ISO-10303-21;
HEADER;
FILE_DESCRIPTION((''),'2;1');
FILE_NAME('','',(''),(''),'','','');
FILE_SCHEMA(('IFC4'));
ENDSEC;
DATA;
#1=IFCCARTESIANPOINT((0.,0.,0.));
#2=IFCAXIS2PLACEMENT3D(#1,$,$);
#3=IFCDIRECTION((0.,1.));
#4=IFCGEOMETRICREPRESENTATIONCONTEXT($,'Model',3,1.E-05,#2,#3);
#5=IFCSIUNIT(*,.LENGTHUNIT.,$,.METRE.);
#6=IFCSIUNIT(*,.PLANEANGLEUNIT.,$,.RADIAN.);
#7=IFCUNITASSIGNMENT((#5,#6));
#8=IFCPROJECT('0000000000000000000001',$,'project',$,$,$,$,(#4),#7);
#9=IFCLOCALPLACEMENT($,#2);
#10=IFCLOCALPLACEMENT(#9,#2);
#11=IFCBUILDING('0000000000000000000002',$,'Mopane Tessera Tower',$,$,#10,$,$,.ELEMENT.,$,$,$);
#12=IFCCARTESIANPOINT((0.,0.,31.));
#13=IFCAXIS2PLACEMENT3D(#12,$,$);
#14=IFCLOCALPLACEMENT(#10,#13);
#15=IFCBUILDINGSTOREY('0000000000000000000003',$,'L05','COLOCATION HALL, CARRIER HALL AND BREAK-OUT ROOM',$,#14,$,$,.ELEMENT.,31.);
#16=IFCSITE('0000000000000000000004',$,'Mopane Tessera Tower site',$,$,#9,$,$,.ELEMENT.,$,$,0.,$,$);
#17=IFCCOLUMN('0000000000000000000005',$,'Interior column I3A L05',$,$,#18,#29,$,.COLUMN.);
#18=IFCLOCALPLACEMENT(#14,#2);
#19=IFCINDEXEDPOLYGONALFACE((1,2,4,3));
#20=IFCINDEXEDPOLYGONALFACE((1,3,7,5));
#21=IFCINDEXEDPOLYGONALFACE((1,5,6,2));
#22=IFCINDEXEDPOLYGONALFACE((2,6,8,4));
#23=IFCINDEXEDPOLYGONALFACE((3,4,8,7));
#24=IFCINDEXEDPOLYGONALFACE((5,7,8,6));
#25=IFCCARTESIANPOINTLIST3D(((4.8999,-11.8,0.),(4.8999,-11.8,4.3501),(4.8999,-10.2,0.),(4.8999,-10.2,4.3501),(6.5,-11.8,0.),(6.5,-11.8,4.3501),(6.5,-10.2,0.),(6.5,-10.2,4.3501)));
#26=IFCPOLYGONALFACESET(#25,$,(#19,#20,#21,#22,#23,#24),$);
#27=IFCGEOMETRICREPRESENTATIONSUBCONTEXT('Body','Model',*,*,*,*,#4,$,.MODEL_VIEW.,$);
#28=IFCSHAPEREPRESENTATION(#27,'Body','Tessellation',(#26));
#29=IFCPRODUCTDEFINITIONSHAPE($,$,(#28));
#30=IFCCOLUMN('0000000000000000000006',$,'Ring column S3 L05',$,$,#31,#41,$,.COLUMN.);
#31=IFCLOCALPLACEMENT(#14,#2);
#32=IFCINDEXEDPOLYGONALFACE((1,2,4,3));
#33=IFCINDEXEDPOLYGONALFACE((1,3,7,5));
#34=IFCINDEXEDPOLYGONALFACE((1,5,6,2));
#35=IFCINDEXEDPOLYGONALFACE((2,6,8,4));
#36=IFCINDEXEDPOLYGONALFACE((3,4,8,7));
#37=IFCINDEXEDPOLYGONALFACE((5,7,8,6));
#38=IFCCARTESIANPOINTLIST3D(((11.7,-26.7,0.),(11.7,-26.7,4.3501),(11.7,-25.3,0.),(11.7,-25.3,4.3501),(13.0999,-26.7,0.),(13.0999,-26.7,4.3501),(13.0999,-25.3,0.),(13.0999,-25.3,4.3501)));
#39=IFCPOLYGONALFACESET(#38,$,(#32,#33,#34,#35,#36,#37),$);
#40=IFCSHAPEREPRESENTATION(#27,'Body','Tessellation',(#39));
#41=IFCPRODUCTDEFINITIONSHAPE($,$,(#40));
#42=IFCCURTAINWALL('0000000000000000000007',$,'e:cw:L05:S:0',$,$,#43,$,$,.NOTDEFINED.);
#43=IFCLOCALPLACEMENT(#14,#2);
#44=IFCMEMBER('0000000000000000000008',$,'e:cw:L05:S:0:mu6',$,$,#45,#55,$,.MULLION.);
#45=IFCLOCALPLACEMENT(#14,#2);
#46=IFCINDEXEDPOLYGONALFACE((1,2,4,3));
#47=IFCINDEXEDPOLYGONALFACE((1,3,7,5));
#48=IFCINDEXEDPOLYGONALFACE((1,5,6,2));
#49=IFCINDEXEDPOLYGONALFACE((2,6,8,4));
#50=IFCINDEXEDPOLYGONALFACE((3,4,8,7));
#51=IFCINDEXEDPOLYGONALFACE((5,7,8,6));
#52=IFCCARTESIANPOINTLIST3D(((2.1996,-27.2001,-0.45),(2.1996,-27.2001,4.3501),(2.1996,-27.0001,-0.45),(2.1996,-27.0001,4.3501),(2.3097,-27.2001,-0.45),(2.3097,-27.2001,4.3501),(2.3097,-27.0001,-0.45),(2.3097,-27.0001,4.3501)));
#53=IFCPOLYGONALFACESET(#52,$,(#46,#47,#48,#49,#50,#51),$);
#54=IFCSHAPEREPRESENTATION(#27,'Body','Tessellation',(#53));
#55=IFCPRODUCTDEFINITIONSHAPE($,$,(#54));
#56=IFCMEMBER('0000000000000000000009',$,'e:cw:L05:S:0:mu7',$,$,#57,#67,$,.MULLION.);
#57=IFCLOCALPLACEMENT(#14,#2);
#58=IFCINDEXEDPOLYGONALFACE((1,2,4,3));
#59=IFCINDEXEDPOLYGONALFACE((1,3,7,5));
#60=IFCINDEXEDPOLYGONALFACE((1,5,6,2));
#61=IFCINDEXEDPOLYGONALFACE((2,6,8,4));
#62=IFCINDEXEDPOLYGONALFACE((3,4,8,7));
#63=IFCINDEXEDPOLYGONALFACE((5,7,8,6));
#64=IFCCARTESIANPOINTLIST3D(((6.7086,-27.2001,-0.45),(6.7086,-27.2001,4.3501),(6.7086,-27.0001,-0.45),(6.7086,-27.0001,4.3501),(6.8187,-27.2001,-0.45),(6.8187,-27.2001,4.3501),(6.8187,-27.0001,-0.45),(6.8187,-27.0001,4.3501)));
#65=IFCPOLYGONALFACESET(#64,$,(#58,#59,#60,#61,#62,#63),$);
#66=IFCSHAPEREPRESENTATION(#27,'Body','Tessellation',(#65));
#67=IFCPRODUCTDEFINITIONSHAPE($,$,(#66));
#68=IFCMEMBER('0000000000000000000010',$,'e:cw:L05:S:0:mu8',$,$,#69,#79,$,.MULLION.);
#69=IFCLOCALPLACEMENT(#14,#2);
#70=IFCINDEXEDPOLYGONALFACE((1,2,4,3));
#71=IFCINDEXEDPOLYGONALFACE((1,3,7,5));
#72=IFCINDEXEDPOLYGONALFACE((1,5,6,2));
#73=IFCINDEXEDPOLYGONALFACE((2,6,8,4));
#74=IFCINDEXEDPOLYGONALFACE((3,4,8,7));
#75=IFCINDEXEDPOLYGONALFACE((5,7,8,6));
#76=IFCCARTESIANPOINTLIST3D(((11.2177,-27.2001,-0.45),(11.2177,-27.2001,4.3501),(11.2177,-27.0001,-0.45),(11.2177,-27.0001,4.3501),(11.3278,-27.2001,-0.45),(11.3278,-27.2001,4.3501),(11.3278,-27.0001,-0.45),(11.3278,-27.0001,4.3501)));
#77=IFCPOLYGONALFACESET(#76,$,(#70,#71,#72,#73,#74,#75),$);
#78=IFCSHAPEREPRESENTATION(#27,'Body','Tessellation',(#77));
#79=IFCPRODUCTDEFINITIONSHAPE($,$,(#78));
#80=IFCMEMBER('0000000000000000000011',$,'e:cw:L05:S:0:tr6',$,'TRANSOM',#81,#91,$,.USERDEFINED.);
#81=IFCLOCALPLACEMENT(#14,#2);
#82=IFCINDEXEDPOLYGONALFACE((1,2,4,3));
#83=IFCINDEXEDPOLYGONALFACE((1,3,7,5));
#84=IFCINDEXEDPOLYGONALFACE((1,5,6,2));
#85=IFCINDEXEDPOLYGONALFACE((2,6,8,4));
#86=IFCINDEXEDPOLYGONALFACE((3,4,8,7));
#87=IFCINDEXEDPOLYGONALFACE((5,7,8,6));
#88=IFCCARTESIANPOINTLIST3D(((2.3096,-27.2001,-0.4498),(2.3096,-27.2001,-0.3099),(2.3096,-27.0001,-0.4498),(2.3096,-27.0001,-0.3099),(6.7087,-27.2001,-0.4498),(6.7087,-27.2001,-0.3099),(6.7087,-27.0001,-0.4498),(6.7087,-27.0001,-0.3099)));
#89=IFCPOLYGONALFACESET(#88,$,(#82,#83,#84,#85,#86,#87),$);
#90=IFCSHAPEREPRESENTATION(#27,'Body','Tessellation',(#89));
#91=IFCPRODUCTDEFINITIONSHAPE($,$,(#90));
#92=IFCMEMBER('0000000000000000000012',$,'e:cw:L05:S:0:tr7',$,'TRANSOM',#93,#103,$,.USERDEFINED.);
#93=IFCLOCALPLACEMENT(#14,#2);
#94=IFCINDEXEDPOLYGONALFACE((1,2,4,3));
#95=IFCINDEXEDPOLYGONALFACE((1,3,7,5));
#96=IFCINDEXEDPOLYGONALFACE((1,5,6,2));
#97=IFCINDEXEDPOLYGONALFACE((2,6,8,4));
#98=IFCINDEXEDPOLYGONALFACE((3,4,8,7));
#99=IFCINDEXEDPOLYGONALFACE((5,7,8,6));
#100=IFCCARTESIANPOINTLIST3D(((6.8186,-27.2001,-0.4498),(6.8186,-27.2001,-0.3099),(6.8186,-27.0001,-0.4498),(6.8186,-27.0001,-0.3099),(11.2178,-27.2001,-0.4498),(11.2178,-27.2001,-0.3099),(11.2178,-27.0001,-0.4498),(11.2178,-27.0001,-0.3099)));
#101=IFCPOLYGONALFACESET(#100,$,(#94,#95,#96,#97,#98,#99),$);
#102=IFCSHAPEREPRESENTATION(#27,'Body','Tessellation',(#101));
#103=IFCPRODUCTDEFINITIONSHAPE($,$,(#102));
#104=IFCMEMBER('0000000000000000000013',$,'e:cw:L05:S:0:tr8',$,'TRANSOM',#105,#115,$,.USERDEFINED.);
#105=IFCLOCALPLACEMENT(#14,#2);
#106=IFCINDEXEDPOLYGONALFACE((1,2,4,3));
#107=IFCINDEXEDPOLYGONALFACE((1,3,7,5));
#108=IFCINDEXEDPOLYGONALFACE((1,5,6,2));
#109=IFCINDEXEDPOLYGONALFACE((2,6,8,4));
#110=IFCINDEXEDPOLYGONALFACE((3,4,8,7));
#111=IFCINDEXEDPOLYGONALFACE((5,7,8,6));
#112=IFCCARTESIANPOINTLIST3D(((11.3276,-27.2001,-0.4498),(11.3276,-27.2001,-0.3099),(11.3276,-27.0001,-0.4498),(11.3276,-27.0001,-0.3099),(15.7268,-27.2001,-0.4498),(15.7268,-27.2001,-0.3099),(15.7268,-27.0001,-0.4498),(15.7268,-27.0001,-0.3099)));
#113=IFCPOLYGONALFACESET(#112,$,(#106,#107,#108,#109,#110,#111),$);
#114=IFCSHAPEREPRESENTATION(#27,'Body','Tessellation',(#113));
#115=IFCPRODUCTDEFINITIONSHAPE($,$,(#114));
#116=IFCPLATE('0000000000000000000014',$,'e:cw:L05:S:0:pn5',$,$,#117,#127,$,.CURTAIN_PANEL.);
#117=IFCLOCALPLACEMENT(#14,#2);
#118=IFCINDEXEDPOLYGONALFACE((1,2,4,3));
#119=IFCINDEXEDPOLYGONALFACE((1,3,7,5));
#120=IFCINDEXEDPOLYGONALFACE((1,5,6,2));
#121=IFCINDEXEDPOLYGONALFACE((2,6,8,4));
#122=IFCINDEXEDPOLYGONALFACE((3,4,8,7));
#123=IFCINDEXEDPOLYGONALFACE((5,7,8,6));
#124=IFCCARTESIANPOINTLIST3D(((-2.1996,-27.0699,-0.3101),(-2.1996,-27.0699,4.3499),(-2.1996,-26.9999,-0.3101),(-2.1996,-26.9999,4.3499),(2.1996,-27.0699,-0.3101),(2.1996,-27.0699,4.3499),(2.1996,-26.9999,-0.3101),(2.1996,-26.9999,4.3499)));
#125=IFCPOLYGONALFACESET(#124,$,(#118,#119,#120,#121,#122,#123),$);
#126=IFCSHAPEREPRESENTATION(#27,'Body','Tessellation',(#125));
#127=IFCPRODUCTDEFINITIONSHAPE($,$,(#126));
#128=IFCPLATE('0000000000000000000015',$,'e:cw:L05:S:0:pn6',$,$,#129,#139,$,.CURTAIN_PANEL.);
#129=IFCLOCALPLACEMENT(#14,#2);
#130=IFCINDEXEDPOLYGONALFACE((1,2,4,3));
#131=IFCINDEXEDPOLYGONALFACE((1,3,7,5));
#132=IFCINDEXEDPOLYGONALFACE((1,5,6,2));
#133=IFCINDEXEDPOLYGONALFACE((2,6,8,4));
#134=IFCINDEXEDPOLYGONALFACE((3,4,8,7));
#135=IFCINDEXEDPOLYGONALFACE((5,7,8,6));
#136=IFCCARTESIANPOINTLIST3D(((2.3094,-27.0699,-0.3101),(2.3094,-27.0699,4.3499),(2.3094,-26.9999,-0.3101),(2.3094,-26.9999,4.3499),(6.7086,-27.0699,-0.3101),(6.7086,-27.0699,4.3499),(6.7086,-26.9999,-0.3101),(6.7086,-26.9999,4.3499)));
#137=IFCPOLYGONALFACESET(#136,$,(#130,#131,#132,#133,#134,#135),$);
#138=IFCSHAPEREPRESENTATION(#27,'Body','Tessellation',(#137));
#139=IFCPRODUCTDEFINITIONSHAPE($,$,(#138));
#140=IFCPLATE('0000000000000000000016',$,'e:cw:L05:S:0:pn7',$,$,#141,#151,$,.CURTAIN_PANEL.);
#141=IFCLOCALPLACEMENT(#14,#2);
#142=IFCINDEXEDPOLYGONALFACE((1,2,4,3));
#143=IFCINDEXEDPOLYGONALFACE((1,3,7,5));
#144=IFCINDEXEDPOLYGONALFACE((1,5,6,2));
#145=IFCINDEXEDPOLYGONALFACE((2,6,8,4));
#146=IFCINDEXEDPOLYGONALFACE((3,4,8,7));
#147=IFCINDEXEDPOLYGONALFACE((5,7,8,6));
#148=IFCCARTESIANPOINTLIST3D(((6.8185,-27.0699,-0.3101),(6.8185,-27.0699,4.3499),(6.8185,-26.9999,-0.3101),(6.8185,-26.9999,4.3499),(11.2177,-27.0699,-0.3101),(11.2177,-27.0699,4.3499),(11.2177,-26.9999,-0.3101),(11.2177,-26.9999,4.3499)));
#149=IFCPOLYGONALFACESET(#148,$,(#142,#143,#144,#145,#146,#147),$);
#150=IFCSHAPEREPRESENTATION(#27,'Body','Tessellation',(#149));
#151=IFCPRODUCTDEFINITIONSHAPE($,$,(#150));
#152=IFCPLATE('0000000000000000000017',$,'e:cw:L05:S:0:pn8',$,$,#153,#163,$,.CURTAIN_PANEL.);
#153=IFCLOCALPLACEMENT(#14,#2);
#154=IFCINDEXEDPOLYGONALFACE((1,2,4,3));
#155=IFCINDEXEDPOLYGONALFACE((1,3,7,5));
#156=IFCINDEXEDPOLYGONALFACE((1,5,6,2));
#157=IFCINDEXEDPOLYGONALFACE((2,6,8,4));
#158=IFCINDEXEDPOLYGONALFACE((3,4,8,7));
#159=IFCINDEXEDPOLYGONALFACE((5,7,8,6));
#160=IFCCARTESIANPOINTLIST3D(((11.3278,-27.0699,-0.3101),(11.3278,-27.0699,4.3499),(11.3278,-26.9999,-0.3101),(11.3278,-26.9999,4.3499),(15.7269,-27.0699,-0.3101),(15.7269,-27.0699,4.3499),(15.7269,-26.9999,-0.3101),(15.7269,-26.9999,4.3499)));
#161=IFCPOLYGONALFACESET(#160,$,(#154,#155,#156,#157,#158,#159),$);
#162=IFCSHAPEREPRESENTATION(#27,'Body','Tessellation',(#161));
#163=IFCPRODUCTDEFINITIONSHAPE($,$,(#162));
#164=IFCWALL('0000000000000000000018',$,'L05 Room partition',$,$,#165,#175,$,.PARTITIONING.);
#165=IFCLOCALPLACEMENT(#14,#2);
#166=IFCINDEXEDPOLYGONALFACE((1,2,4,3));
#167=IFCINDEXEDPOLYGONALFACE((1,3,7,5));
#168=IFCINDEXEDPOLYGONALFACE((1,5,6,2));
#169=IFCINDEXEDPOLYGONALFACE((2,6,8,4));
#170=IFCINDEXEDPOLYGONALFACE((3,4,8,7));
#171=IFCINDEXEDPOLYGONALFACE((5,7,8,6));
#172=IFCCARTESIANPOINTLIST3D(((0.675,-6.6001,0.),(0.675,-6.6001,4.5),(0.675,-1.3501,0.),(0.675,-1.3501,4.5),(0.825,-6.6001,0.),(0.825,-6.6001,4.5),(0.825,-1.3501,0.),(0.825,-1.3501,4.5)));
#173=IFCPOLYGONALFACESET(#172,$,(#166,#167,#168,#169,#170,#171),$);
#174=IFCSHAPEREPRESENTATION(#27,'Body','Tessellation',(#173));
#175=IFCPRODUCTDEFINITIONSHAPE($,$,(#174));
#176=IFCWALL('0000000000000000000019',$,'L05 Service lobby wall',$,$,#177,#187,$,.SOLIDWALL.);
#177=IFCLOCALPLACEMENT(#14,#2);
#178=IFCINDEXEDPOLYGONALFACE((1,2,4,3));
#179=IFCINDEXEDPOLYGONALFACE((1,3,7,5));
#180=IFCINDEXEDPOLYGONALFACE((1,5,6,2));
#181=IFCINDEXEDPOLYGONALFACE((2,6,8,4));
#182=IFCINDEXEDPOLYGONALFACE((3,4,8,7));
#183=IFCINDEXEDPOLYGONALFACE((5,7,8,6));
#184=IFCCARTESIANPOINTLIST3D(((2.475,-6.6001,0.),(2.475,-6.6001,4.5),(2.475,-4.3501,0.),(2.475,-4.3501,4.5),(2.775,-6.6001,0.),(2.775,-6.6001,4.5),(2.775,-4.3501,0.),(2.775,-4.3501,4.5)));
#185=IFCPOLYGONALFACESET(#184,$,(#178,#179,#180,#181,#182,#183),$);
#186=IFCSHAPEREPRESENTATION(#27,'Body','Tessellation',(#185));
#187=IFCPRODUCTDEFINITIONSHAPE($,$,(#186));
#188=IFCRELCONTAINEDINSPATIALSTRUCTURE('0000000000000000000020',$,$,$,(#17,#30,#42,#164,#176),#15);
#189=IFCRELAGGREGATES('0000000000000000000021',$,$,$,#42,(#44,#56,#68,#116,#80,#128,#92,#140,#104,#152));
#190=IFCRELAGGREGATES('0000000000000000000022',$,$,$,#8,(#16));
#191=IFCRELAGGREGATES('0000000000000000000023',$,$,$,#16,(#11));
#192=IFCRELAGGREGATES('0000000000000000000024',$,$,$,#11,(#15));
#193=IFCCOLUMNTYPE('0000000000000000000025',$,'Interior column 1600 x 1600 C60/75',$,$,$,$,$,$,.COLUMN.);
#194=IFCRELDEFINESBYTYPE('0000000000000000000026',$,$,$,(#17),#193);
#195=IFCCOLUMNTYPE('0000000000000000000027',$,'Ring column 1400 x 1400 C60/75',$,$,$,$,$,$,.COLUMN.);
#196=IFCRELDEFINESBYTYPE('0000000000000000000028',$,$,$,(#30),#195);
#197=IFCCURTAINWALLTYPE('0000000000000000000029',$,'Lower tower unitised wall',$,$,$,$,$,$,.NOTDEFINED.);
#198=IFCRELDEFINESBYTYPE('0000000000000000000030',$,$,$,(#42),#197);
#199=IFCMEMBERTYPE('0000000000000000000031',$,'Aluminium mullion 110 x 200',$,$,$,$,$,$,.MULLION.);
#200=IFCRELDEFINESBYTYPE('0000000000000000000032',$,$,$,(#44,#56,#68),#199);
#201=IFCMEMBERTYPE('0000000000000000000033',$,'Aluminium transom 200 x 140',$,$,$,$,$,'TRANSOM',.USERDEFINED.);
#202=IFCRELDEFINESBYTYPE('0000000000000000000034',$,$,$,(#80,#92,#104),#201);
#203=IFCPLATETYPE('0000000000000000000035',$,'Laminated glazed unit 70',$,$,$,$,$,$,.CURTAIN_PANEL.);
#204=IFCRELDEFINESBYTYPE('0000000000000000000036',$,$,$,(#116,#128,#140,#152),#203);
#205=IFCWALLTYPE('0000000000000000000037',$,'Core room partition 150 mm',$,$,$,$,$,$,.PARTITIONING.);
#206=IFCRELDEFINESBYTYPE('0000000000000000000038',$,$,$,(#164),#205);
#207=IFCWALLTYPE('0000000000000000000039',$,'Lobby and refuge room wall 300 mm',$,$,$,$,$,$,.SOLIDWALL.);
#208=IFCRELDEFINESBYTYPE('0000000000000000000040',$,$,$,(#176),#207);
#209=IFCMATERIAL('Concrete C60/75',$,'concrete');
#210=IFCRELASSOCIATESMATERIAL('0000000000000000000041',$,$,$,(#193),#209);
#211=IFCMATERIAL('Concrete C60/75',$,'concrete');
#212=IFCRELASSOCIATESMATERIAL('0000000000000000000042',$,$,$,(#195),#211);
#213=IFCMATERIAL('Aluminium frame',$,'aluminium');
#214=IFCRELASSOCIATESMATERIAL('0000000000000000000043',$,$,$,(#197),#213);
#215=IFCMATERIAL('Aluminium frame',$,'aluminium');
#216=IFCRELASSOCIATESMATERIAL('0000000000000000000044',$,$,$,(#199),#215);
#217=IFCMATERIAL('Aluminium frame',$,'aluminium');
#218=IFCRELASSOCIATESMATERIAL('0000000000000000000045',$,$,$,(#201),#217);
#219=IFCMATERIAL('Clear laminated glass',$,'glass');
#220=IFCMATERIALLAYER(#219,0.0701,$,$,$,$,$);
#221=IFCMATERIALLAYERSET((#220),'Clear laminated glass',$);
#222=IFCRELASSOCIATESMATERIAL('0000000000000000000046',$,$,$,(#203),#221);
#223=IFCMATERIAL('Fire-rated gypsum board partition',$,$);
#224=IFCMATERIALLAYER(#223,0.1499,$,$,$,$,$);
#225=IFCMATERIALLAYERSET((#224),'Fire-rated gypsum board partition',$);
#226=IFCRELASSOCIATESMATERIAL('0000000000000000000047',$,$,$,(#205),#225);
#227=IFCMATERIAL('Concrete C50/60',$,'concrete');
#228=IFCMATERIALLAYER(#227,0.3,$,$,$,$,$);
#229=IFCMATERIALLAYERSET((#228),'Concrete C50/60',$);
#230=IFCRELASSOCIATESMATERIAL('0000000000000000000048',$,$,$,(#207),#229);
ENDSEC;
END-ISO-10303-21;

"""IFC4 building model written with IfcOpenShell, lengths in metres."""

from ifc_helpers import new_model, si_unit, direction, frame, frame_2d, origin, origin_2d, place, context, subcontext, project, spatial, rectangle, extrude, material, layer, layer_set, material_profile, profile_set, type_object, element, aggregate, save


model = new_model("IFC4")

# Units and contexts
model_context = context("Model", 3, precision=1e-05, world=origin(), true_north=direction((0.0, 1.0)))
body_context = subcontext(model_context, "Body", "Model", "MODEL_VIEW")
ifc_project = project(units=[si_unit("LENGTHUNIT", "METRE"), si_unit("PLANEANGLEUNIT", "RADIAN")], contexts=[model_context])

# Site, building, storey
site_placement = place(None, origin())
site = spatial("IfcSite", under=ifc_project, at=site_placement, Name="Mopane Tessera Tower site", CompositionType="ELEMENT", RefElevation=0.0)
building_placement = place(site_placement, origin())
building = spatial("IfcBuilding", under=site, at=building_placement, Name="Mopane Tessera Tower", CompositionType="ELEMENT")
storey_placement = place(building_placement, frame((0.0, 0.0, 31.0)))
storey = spatial("IfcBuildingStorey", under=building, at=storey_placement, Name="L05", Description="COLOCATION HALL, CARRIER HALL AND BREAK-OUT ROOM", CompositionType="ELEMENT", Elevation=31.0)

# Columns
ifc_material_1 = material(Name="Concrete C60/75", Category="concrete")
ifc_material_profile_1 = material_profile(ifc_material_1, rectangle(XDim=1.6001, YDim=1.6001, at=origin_2d()))
ifc_profile_set_1 = profile_set([ifc_material_profile_1], Name="Concrete C60/75")
column_type_1 = type_object("IfcColumnType", Name="Interior column 1600 x 1600 C60/75", PredefinedType="COLUMN", material=ifc_profile_set_1)
column_1_placement = place(storey_placement, frame((5.7, -11.0, 0.0), z_axis=(0.0, 0.0, 1.0), x_axis=(1.0, 0.0, 0.0)))
element("IfcColumn", 1, at=column_1_placement, inside=storey, type_object=column_type_1, Name="Interior column I3A L05", PredefinedType="COLUMN", context=body_context, shape_type="SweptSolid", body=[
    extrude(rectangle(XDim=1.6001, YDim=1.6001, at=origin_2d()), origin(), (0.0, 0.0, 1.0), 4.3501),
])
ifc_material_2 = material(Name="Concrete C60/75", Category="concrete")
ifc_material_profile_2 = material_profile(ifc_material_2, rectangle(XDim=1.3999, YDim=1.3999, at=origin_2d()))
ifc_profile_set_2 = profile_set([ifc_material_profile_2], Name="Concrete C60/75")
column_type_2 = type_object("IfcColumnType", Name="Ring column 1400 x 1400 C60/75", PredefinedType="COLUMN", material=ifc_profile_set_2)
column_2_placement = place(storey_placement, frame((12.3999, -26.0, 0.0), z_axis=(0.0, 0.0, 1.0), x_axis=(1.0, 0.0, 0.0)))
element("IfcColumn", 2, at=column_2_placement, inside=storey, type_object=column_type_2, Name="Ring column S3 L05", PredefinedType="COLUMN", context=body_context, shape_type="SweptSolid", body=[
    extrude(rectangle(XDim=1.3999, YDim=1.3999, at=origin_2d()), origin(), (0.0, 0.0, 1.0), 4.3501),
])

# Curtain wall, members, plates
ifc_material_3 = material(Name="Aluminium frame", Category="aluminium")
curtain_wall_type = type_object("IfcCurtainWallType", Name="Lower tower unitised wall", PredefinedType="NOTDEFINED", material=ifc_material_3)
curtain_wall_placement = place(storey_placement, origin())
curtain_wall = element("IfcCurtainWall", 3, at=curtain_wall_placement, inside=storey, type_object=curtain_wall_type, Name="e:cw:L05:S:0", PredefinedType="NOTDEFINED")
ifc_material_4 = material(Name="Aluminium frame", Category="aluminium")
ifc_material_profile_3 = material_profile(ifc_material_4, rectangle(XDim=0.1101, YDim=0.2, at=origin_2d()))
ifc_profile_set_3 = profile_set([ifc_material_profile_3], Name="Aluminium frame")
member_type_1 = type_object("IfcMemberType", Name="Aluminium mullion 110 x 200", PredefinedType="MULLION", material=ifc_profile_set_3)
member_1_placement = place(storey_placement, frame((2.2546, -27.1001, -0.45), z_axis=(0.0, 0.0, 1.0), x_axis=(1.0, 0.0, 0.0)))
member_1 = element("IfcMember", 4, at=member_1_placement, type_object=member_type_1, Name="e:cw:L05:S:0:mu6", PredefinedType="MULLION", context=body_context, shape_type="SweptSolid", body=[
    extrude(rectangle(XDim=0.1101, YDim=0.2, at=origin_2d()), origin(), (0.0, 0.0, 1.0), 4.8),
])
member_2_placement = place(storey_placement, frame((6.7637, -27.1001, -0.45), z_axis=(0.0, 0.0, 1.0), x_axis=(1.0, 0.0, 0.0)))
member_2 = element("IfcMember", 5, at=member_2_placement, type_object=member_type_1, Name="e:cw:L05:S:0:mu7", PredefinedType="MULLION", context=body_context, shape_type="SweptSolid", body=[
    extrude(rectangle(XDim=0.1101, YDim=0.2, at=origin_2d()), origin(), (0.0, 0.0, 1.0), 4.8),
])
member_3_placement = place(storey_placement, frame((11.2727, -27.1001, -0.45), z_axis=(0.0, 0.0, 1.0), x_axis=(1.0, 0.0, 0.0)))
member_3 = element("IfcMember", 6, at=member_3_placement, type_object=member_type_1, Name="e:cw:L05:S:0:mu8", PredefinedType="MULLION", context=body_context, shape_type="SweptSolid", body=[
    extrude(rectangle(XDim=0.1101, YDim=0.2, at=origin_2d()), origin(), (0.0, 0.0, 1.0), 4.8),
])
ifc_material_5 = material(Name="Aluminium frame", Category="aluminium")
ifc_material_profile_4 = material_profile(ifc_material_5, rectangle(XDim=0.2, YDim=0.1399, at=origin_2d()))
ifc_profile_set_4 = profile_set([ifc_material_profile_4], Name="Aluminium frame")
member_type_2 = type_object("IfcMemberType", Name="Aluminium transom 200 x 140", ElementType="TRANSOM", PredefinedType="USERDEFINED", material=ifc_profile_set_4)
member_4_placement = place(storey_placement, frame((2.3096, -27.1001, -0.3799), z_axis=(1.0, 0.0, 0.0), x_axis=(0.0, 1.0, 0.0)))
member_4 = element("IfcMember", 7, at=member_4_placement, type_object=member_type_2, Name="e:cw:L05:S:0:tr6", ObjectType="TRANSOM", PredefinedType="USERDEFINED", context=body_context, shape_type="SweptSolid", body=[
    extrude(rectangle(XDim=0.2, YDim=0.1399, at=origin_2d()), origin(), (0.0, 0.0, 1.0), 4.3992),
])
member_5_placement = place(storey_placement, frame((6.8186, -27.1001, -0.3799), z_axis=(1.0, 0.0, 0.0), x_axis=(0.0, 1.0, 0.0)))
member_5 = element("IfcMember", 8, at=member_5_placement, type_object=member_type_2, Name="e:cw:L05:S:0:tr7", ObjectType="TRANSOM", PredefinedType="USERDEFINED", context=body_context, shape_type="SweptSolid", body=[
    extrude(rectangle(XDim=0.2, YDim=0.1399, at=origin_2d()), origin(), (0.0, 0.0, 1.0), 4.3992),
])
member_6_placement = place(storey_placement, frame((11.3276, -27.1001, -0.3799), z_axis=(1.0, 0.0, 0.0), x_axis=(0.0, 1.0, 0.0)))
member_6 = element("IfcMember", 9, at=member_6_placement, type_object=member_type_2, Name="e:cw:L05:S:0:tr8", ObjectType="TRANSOM", PredefinedType="USERDEFINED", context=body_context, shape_type="SweptSolid", body=[
    extrude(rectangle(XDim=0.2, YDim=0.1399, at=origin_2d()), origin(), (0.0, 0.0, 1.0), 4.3992),
])
ifc_material_6 = material(Name="Clear laminated glass", Category="glass")
ifc_layer_1 = layer(ifc_material_6, 0.0701)
ifc_layer_set_1 = layer_set([ifc_layer_1], Name="Clear laminated glass")
plate_type = type_object("IfcPlateType", Name="Laminated glazed unit 70", PredefinedType="CURTAIN_PANEL", material=ifc_layer_set_1)
plate_1_placement = place(storey_placement, frame((0.0, -27.0349, -0.3101), z_axis=(0.0, 0.0, 1.0), x_axis=(1.0, 0.0, 0.0)))
plate_1 = element("IfcPlate", 10, at=plate_1_placement, type_object=plate_type, Name="e:cw:L05:S:0:pn5", PredefinedType="CURTAIN_PANEL", context=body_context, shape_type="SweptSolid", body=[
    extrude(rectangle(XDim=4.3992, YDim=0.0701, at=origin_2d()), origin(), (0.0, 0.0, 1.0), 4.6599),
])
plate_2_placement = place(storey_placement, frame((4.509, -27.0349, -0.3101), z_axis=(0.0, 0.0, 1.0), x_axis=(1.0, 0.0, 0.0)))
plate_2 = element("IfcPlate", 11, at=plate_2_placement, type_object=plate_type, Name="e:cw:L05:S:0:pn6", PredefinedType="CURTAIN_PANEL", context=body_context, shape_type="SweptSolid", body=[
    extrude(rectangle(XDim=4.3992, YDim=0.0701, at=origin_2d()), origin(), (0.0, 0.0, 1.0), 4.6599),
])
plate_3_placement = place(storey_placement, frame((9.0181, -27.0349, -0.3101), z_axis=(0.0, 0.0, 1.0), x_axis=(1.0, 0.0, 0.0)))
plate_3 = element("IfcPlate", 12, at=plate_3_placement, type_object=plate_type, Name="e:cw:L05:S:0:pn7", PredefinedType="CURTAIN_PANEL", context=body_context, shape_type="SweptSolid", body=[
    extrude(rectangle(XDim=4.3992, YDim=0.0701, at=origin_2d()), origin(), (0.0, 0.0, 1.0), 4.6599),
])
plate_4_placement = place(storey_placement, frame((13.5273, -27.0349, -0.3101), z_axis=(0.0, 0.0, 1.0), x_axis=(1.0, 0.0, 0.0)))
plate_4 = element("IfcPlate", 13, at=plate_4_placement, type_object=plate_type, Name="e:cw:L05:S:0:pn8", PredefinedType="CURTAIN_PANEL", context=body_context, shape_type="SweptSolid", body=[
    extrude(rectangle(XDim=4.3992, YDim=0.0701, at=origin_2d()), origin(), (0.0, 0.0, 1.0), 4.6599),
])
aggregate(curtain_wall, [member_1, member_2, member_3, plate_1, member_4, plate_2, member_5, plate_3, member_6, plate_4])

# Walls
ifc_material_7 = material(Name="Fire-rated gypsum board partition")
ifc_layer_2 = layer(ifc_material_7, 0.1499)
ifc_layer_set_2 = layer_set([ifc_layer_2], Name="Fire-rated gypsum board partition")
wall_type_1 = type_object("IfcWallType", Name="Core room partition 150 mm", PredefinedType="PARTITIONING", material=ifc_layer_set_2)
wall_1_placement = place(storey_placement, frame((0.75, -6.6001, 0.0), z_axis=(0.0, 0.0, 1.0), x_axis=(0.0, 1.0, 0.0)))
element("IfcWall", 14, at=wall_1_placement, inside=storey, type_object=wall_type_1, Name="L05 Room partition", PredefinedType="PARTITIONING", context=body_context, shape_type="SweptSolid", body=[
    extrude(rectangle(XDim=5.25, YDim=0.1499, at=frame_2d((2.625, 0.0))), origin(), (0.0, 0.0, 1.0), 4.5),
])
ifc_material_8 = material(Name="Concrete C50/60", Category="concrete")
ifc_layer_3 = layer(ifc_material_8, 0.3)
ifc_layer_set_3 = layer_set([ifc_layer_3], Name="Concrete C50/60")
wall_type_2 = type_object("IfcWallType", Name="Lobby and refuge room wall 300 mm", PredefinedType="SOLIDWALL", material=ifc_layer_set_3)
wall_2_placement = place(storey_placement, frame((2.625, -6.6001, 0.0), z_axis=(0.0, 0.0, 1.0), x_axis=(0.0, 1.0, 0.0)))
element("IfcWall", 15, at=wall_2_placement, inside=storey, type_object=wall_type_2, Name="L05 Service lobby wall", PredefinedType="SOLIDWALL", context=body_context, shape_type="SweptSolid", body=[
    extrude(rectangle(XDim=2.25, YDim=0.3, at=frame_2d((1.125, 0.0))), origin(), (0.0, 0.0, 1.0), 4.5),
])

save(model, "model.ifc")
